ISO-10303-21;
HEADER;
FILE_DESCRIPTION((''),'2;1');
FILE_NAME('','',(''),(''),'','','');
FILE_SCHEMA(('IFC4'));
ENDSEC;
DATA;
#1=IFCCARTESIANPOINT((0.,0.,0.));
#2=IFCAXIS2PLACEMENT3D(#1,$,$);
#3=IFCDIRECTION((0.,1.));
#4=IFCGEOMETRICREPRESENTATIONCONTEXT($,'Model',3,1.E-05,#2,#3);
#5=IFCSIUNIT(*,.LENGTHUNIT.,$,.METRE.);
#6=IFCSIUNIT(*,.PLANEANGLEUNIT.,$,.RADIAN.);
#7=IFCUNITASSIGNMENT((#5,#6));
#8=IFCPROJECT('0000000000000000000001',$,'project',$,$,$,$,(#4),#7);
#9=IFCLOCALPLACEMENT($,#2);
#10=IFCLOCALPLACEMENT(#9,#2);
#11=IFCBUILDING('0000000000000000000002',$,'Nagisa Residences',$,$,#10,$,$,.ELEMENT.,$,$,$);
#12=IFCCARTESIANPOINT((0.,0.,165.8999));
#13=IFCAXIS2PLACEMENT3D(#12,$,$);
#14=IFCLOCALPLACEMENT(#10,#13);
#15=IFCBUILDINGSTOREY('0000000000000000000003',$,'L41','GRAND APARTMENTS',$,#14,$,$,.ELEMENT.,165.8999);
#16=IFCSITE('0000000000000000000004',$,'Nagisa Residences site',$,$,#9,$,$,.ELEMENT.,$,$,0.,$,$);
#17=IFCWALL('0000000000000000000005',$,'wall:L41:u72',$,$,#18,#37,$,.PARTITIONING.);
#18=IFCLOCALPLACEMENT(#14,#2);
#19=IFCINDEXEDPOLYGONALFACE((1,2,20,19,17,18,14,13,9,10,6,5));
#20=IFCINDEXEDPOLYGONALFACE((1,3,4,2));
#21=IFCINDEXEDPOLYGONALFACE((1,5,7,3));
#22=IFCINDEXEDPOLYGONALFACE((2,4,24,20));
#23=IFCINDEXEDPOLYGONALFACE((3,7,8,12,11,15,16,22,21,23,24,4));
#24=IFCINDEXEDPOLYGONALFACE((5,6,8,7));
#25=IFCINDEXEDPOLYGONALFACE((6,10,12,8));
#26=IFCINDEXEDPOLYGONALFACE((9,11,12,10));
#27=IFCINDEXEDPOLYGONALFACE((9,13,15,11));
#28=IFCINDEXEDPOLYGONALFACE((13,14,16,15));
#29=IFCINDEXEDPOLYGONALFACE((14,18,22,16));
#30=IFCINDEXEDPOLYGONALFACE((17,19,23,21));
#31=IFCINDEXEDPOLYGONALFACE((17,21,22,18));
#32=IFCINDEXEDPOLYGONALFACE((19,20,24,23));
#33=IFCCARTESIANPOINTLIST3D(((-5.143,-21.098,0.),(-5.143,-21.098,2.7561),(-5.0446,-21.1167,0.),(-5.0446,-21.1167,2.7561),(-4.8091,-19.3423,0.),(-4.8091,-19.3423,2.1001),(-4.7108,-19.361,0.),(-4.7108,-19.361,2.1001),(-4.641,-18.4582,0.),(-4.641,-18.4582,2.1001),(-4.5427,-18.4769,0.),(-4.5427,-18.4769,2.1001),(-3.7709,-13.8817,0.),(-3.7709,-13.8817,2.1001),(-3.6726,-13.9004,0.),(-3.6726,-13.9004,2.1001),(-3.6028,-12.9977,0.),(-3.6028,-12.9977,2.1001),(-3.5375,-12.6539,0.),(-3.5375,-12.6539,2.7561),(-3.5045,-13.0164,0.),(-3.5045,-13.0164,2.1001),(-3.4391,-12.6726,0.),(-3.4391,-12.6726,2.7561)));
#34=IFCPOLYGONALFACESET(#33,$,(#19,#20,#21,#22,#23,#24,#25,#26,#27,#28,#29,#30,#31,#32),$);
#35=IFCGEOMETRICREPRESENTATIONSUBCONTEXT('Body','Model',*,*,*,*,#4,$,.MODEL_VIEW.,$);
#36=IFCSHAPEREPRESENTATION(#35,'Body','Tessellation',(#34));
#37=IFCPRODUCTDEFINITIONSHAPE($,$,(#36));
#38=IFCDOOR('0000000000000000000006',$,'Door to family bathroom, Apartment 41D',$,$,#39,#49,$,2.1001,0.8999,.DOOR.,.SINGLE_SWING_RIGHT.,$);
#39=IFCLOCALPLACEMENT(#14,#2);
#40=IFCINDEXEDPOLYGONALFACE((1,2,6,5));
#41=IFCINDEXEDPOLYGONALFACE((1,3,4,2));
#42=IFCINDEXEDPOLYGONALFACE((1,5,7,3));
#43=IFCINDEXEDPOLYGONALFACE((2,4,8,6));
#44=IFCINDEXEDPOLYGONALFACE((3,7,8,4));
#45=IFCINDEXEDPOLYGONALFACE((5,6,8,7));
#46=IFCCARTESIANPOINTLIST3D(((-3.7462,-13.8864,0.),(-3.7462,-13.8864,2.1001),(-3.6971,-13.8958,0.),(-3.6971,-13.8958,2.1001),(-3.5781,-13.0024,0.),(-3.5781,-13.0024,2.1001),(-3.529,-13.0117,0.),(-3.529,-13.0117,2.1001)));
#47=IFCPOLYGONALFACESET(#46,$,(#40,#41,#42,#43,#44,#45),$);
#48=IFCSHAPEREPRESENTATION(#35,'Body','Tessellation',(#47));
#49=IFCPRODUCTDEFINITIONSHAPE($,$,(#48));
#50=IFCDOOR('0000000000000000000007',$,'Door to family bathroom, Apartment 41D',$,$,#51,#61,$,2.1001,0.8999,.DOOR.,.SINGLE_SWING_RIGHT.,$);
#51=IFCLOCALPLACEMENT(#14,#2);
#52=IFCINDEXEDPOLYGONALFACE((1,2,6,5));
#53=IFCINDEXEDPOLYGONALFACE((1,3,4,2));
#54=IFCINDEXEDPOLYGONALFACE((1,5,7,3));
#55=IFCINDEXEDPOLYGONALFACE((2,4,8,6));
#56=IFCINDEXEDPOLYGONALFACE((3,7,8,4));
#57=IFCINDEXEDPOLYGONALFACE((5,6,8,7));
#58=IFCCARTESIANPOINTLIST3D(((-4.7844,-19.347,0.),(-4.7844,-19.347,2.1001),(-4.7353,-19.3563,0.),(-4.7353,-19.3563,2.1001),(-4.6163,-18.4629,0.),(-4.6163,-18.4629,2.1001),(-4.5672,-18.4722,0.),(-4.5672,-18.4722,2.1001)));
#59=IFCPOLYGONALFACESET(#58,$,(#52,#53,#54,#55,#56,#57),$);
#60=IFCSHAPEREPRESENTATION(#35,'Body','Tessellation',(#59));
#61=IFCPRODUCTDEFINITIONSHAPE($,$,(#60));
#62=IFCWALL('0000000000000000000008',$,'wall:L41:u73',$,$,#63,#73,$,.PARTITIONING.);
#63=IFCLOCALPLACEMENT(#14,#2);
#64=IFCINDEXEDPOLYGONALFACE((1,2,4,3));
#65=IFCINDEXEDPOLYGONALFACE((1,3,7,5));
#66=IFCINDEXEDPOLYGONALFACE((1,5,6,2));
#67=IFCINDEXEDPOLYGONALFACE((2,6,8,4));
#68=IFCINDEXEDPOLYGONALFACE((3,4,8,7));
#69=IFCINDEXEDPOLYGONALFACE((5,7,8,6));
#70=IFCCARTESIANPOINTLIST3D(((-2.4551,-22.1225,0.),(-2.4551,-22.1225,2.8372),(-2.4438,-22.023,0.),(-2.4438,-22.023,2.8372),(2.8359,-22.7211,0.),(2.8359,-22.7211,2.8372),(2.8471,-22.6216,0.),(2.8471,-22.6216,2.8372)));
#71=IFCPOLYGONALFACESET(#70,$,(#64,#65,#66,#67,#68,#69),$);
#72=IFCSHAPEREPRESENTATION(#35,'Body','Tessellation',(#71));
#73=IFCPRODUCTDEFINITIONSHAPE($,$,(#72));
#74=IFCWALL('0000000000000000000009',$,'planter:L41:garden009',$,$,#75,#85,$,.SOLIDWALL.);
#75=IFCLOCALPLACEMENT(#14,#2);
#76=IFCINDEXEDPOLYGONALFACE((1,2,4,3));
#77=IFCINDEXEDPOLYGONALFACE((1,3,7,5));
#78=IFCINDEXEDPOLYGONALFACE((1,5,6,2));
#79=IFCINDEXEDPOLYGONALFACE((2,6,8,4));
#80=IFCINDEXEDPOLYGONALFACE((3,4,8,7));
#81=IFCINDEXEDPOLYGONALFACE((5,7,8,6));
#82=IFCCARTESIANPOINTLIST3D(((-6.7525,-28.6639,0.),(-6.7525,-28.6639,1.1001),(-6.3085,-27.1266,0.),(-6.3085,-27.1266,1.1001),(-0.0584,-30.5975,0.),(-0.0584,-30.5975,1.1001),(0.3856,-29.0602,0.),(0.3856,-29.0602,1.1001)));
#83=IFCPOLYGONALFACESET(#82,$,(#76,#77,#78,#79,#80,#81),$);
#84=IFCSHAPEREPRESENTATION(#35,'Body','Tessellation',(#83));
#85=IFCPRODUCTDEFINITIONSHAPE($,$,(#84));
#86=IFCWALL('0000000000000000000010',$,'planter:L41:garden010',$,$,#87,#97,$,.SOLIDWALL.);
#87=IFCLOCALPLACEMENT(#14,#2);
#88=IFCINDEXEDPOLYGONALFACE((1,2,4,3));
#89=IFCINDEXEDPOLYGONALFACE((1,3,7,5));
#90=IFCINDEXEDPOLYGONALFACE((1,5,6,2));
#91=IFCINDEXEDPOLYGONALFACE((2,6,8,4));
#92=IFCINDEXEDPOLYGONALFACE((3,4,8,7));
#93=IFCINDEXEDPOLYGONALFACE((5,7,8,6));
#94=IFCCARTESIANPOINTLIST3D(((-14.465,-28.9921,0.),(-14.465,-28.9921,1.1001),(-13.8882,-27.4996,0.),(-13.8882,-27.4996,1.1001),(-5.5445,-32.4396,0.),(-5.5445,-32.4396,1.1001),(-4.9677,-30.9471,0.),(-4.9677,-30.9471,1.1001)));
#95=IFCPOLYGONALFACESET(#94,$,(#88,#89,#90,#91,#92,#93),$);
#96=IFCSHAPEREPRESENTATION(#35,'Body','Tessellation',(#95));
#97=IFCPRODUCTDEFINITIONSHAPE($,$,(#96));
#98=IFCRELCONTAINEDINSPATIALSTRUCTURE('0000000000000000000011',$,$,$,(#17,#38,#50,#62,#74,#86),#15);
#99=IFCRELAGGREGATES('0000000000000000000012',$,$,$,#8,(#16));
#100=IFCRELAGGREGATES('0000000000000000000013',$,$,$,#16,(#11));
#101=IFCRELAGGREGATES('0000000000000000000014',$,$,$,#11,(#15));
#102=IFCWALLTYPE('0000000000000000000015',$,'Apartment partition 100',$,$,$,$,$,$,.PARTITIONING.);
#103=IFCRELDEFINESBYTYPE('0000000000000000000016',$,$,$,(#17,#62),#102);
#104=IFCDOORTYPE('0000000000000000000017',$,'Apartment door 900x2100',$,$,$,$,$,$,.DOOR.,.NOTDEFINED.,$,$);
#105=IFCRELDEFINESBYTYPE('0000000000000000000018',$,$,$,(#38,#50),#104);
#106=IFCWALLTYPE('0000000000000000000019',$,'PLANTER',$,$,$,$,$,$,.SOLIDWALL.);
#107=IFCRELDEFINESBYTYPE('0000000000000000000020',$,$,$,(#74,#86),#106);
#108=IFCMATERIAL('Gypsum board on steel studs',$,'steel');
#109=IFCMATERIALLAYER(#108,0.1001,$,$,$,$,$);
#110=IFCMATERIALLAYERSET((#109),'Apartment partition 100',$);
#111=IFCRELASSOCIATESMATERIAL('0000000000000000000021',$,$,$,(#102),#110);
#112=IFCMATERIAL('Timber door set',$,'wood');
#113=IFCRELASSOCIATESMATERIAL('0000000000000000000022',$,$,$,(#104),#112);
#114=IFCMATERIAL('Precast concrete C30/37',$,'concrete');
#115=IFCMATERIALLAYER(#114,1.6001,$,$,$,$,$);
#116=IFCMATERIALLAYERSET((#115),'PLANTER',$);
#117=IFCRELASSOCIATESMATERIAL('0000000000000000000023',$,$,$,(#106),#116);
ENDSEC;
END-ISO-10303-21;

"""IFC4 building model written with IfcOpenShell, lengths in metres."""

from ifc_helpers import new_model, si_unit, direction, frame, frame_2d, origin, place, context, subcontext, project, spatial, rectangle, extrude, material, layer, layer_set, type_object, element, fill, save


model = new_model("IFC4")

# Units and contexts
model_context = context("Model", 3, precision=1e-05, world=origin(), true_north=direction((0.0, 1.0)))
body_context = subcontext(model_context, "Body", "Model", "MODEL_VIEW")
ifc_project = project(units=[si_unit("LENGTHUNIT", "METRE"), si_unit("PLANEANGLEUNIT", "RADIAN")], contexts=[model_context])

# Site, building, storey
site_placement = place(None, origin())
site = spatial("IfcSite", under=ifc_project, at=site_placement, Name="Nagisa Residences site", CompositionType="ELEMENT", RefElevation=0.0)
building_placement = place(site_placement, origin())
building = spatial("IfcBuilding", under=site, at=building_placement, Name="Nagisa Residences", CompositionType="ELEMENT")
storey_placement = place(building_placement, frame((0.0, 0.0, 165.8999)))
storey = spatial("IfcBuildingStorey", under=building, at=storey_placement, Name="L41", Description="GRAND APARTMENTS", CompositionType="ELEMENT", Elevation=165.8999)

# Shared definitions
ifc_material_1 = material(Name="Gypsum board on steel studs", Category="steel")
ifc_layer_1 = layer(ifc_material_1, 0.1001)
ifc_layer_set_1 = layer_set([ifc_layer_1], Name="Apartment partition 100")
wall_type_1 = type_object("IfcWallType", Name="Apartment partition 100", PredefinedType="PARTITIONING", material=ifc_layer_set_1)

# Shared definitions
ifc_material_2 = material(Name="Timber door set", Category="wood")
door_type_1 = type_object("IfcDoorType", Name="Apartment door 900x2100", OperationType="NOTDEFINED", PredefinedType="DOOR", material=ifc_material_2)

# Wall, openings, doors
wall_1_placement = place(storey_placement, frame((-3.4883, -12.6631, 0.0), z_axis=(0.0, 0.0, 1.0), x_axis=(-0.186783, -0.982401, 0.0)))
wall_1 = element("IfcWall", 1, at=wall_1_placement, inside=storey, type_object=wall_type_1, Name="wall:L41:u72", PredefinedType="PARTITIONING", context=body_context, shape_type="SweptSolid", body=[
    extrude(rectangle(XDim=8.5955, YDim=0.1001, at=frame_2d((4.2979, 0.0))), origin(), (0.0, 0.0, 1.0), 2.7561),
])
opening_1_placement = place(wall_1_placement, frame((0.3501, 0.0, 0.0)))
opening_1 = element("IfcOpeningElement", 2, at=opening_1_placement, cuts=wall_1, PredefinedType="OPENING", context=body_context, shape_type="SweptSolid", body=[
    extrude(rectangle(XDim=0.8999, YDim=2.1001, at=frame_2d((0.45, 1.05))), frame((0.0, 0.0601, 0.0), z_axis=(0.0, -1.0, 0.0), x_axis=(1.0, 0.0, 0.0)), (0.0, 0.0, 1.0), 0.1201),
])
opening_2_placement = place(wall_1_placement, frame((5.9084, 0.0, 0.0)))
opening_2 = element("IfcOpeningElement", 3, at=opening_2_placement, cuts=wall_1, PredefinedType="OPENING", context=body_context, shape_type="SweptSolid", body=[
    extrude(rectangle(XDim=0.8999, YDim=2.1001, at=frame_2d((0.45, 1.05))), frame((0.0, 0.0601, 0.0), z_axis=(0.0, -1.0, 0.0), x_axis=(1.0, 0.0, 0.0)), (0.0, 0.0, 1.0), 0.1201),
])
door_1_placement = place(opening_1_placement, frame((0.8999, 0.0, 0.0), x_axis=(-1.0, 0.0, 0.0)))
door_1 = element("IfcDoor", 4, at=door_1_placement, inside=storey, type_object=door_type_1, Name="Door to family bathroom, Apartment 41D", OperationType="SINGLE_SWING_RIGHT", OverallHeight=2.1001, OverallWidth=0.8999, PredefinedType="DOOR", context=body_context, shape_type="SweptSolid", body=[
    extrude(rectangle(XDim=0.8999, YDim=2.1001, at=frame_2d((0.45, 1.05))), frame((0.0, 0.0249, 0.0), z_axis=(0.0, -1.0, 0.0), x_axis=(1.0, 0.0, 0.0)), (0.0, 0.0, 1.0), 0.05),
])
fill(opening_1, door_1)
door_2_placement = place(opening_2_placement, frame((0.8999, 0.0, 0.0), x_axis=(-1.0, 0.0, 0.0)))
door_2 = element("IfcDoor", 5, at=door_2_placement, inside=storey, type_object=door_type_1, Name="Door to family bathroom, Apartment 41D", OperationType="SINGLE_SWING_RIGHT", OverallHeight=2.1001, OverallWidth=0.8999, PredefinedType="DOOR", context=body_context, shape_type="SweptSolid", body=[
    extrude(rectangle(XDim=0.8999, YDim=2.1001, at=frame_2d((0.45, 1.05))), frame((0.0, 0.0249, 0.0), z_axis=(0.0, -1.0, 0.0), x_axis=(1.0, 0.0, 0.0)), (0.0, 0.0, 1.0), 0.05),
])
fill(opening_2, door_2)

# Wall
wall_2_placement = place(storey_placement, frame((-2.4495, -22.0728, 0.0), z_axis=(0.0, 0.0, 1.0), x_axis=(0.99366, -0.112424, 0.0)))
element("IfcWall", 6, at=wall_2_placement, inside=storey, type_object=wall_type_1, Name="wall:L41:u73", PredefinedType="PARTITIONING", context=body_context, shape_type="SweptSolid", body=[
    extrude(rectangle(XDim=5.3247, YDim=0.1001, at=frame_2d((2.6624, 0.0))), origin(), (0.0, 0.0, 1.0), 2.8372),
])

# Walls
ifc_material_3 = material(Name="Precast concrete C30/37", Category="concrete")
ifc_layer_2 = layer(ifc_material_3, 1.6001)
ifc_layer_set_2 = layer_set([ifc_layer_2], Name="PLANTER")
wall_type_2 = type_object("IfcWallType", Name="PLANTER", PredefinedType="SOLIDWALL", material=ifc_layer_set_2)
wall_3_placement = place(storey_placement, frame((-6.5305, -27.8953, 0.0), z_axis=(0.0, 0.0, 1.0), x_axis=(0.960724, -0.277506, 0.0)))
element("IfcWall", 7, at=wall_3_placement, inside=storey, type_object=wall_type_2, Name="planter:L41:garden009", PredefinedType="SOLIDWALL", context=body_context, shape_type="SweptSolid", body=[
    extrude(rectangle(XDim=6.9678, YDim=1.6001, at=frame_2d((3.4839, 0.0))), origin(), (0.0, 0.0, 1.0), 1.1001),
])
wall_4_placement = place(storey_placement, frame((-5.2561, -31.6934, 0.0), z_axis=(0.0, 0.0, 1.0), x_axis=(-0.932763, 0.360489, 0.0)))
element("IfcWall", 8, at=wall_4_placement, inside=storey, type_object=wall_type_2, Name="planter:L41:garden010", PredefinedType="SOLIDWALL", context=body_context, shape_type="SweptSolid", body=[
    extrude(rectangle(XDim=9.5635, YDim=1.6001, at=frame_2d((4.7817, 0.0))), origin(), (0.0, 0.0, 1.0), 1.1001),
])

save(model, "model.ifc")
